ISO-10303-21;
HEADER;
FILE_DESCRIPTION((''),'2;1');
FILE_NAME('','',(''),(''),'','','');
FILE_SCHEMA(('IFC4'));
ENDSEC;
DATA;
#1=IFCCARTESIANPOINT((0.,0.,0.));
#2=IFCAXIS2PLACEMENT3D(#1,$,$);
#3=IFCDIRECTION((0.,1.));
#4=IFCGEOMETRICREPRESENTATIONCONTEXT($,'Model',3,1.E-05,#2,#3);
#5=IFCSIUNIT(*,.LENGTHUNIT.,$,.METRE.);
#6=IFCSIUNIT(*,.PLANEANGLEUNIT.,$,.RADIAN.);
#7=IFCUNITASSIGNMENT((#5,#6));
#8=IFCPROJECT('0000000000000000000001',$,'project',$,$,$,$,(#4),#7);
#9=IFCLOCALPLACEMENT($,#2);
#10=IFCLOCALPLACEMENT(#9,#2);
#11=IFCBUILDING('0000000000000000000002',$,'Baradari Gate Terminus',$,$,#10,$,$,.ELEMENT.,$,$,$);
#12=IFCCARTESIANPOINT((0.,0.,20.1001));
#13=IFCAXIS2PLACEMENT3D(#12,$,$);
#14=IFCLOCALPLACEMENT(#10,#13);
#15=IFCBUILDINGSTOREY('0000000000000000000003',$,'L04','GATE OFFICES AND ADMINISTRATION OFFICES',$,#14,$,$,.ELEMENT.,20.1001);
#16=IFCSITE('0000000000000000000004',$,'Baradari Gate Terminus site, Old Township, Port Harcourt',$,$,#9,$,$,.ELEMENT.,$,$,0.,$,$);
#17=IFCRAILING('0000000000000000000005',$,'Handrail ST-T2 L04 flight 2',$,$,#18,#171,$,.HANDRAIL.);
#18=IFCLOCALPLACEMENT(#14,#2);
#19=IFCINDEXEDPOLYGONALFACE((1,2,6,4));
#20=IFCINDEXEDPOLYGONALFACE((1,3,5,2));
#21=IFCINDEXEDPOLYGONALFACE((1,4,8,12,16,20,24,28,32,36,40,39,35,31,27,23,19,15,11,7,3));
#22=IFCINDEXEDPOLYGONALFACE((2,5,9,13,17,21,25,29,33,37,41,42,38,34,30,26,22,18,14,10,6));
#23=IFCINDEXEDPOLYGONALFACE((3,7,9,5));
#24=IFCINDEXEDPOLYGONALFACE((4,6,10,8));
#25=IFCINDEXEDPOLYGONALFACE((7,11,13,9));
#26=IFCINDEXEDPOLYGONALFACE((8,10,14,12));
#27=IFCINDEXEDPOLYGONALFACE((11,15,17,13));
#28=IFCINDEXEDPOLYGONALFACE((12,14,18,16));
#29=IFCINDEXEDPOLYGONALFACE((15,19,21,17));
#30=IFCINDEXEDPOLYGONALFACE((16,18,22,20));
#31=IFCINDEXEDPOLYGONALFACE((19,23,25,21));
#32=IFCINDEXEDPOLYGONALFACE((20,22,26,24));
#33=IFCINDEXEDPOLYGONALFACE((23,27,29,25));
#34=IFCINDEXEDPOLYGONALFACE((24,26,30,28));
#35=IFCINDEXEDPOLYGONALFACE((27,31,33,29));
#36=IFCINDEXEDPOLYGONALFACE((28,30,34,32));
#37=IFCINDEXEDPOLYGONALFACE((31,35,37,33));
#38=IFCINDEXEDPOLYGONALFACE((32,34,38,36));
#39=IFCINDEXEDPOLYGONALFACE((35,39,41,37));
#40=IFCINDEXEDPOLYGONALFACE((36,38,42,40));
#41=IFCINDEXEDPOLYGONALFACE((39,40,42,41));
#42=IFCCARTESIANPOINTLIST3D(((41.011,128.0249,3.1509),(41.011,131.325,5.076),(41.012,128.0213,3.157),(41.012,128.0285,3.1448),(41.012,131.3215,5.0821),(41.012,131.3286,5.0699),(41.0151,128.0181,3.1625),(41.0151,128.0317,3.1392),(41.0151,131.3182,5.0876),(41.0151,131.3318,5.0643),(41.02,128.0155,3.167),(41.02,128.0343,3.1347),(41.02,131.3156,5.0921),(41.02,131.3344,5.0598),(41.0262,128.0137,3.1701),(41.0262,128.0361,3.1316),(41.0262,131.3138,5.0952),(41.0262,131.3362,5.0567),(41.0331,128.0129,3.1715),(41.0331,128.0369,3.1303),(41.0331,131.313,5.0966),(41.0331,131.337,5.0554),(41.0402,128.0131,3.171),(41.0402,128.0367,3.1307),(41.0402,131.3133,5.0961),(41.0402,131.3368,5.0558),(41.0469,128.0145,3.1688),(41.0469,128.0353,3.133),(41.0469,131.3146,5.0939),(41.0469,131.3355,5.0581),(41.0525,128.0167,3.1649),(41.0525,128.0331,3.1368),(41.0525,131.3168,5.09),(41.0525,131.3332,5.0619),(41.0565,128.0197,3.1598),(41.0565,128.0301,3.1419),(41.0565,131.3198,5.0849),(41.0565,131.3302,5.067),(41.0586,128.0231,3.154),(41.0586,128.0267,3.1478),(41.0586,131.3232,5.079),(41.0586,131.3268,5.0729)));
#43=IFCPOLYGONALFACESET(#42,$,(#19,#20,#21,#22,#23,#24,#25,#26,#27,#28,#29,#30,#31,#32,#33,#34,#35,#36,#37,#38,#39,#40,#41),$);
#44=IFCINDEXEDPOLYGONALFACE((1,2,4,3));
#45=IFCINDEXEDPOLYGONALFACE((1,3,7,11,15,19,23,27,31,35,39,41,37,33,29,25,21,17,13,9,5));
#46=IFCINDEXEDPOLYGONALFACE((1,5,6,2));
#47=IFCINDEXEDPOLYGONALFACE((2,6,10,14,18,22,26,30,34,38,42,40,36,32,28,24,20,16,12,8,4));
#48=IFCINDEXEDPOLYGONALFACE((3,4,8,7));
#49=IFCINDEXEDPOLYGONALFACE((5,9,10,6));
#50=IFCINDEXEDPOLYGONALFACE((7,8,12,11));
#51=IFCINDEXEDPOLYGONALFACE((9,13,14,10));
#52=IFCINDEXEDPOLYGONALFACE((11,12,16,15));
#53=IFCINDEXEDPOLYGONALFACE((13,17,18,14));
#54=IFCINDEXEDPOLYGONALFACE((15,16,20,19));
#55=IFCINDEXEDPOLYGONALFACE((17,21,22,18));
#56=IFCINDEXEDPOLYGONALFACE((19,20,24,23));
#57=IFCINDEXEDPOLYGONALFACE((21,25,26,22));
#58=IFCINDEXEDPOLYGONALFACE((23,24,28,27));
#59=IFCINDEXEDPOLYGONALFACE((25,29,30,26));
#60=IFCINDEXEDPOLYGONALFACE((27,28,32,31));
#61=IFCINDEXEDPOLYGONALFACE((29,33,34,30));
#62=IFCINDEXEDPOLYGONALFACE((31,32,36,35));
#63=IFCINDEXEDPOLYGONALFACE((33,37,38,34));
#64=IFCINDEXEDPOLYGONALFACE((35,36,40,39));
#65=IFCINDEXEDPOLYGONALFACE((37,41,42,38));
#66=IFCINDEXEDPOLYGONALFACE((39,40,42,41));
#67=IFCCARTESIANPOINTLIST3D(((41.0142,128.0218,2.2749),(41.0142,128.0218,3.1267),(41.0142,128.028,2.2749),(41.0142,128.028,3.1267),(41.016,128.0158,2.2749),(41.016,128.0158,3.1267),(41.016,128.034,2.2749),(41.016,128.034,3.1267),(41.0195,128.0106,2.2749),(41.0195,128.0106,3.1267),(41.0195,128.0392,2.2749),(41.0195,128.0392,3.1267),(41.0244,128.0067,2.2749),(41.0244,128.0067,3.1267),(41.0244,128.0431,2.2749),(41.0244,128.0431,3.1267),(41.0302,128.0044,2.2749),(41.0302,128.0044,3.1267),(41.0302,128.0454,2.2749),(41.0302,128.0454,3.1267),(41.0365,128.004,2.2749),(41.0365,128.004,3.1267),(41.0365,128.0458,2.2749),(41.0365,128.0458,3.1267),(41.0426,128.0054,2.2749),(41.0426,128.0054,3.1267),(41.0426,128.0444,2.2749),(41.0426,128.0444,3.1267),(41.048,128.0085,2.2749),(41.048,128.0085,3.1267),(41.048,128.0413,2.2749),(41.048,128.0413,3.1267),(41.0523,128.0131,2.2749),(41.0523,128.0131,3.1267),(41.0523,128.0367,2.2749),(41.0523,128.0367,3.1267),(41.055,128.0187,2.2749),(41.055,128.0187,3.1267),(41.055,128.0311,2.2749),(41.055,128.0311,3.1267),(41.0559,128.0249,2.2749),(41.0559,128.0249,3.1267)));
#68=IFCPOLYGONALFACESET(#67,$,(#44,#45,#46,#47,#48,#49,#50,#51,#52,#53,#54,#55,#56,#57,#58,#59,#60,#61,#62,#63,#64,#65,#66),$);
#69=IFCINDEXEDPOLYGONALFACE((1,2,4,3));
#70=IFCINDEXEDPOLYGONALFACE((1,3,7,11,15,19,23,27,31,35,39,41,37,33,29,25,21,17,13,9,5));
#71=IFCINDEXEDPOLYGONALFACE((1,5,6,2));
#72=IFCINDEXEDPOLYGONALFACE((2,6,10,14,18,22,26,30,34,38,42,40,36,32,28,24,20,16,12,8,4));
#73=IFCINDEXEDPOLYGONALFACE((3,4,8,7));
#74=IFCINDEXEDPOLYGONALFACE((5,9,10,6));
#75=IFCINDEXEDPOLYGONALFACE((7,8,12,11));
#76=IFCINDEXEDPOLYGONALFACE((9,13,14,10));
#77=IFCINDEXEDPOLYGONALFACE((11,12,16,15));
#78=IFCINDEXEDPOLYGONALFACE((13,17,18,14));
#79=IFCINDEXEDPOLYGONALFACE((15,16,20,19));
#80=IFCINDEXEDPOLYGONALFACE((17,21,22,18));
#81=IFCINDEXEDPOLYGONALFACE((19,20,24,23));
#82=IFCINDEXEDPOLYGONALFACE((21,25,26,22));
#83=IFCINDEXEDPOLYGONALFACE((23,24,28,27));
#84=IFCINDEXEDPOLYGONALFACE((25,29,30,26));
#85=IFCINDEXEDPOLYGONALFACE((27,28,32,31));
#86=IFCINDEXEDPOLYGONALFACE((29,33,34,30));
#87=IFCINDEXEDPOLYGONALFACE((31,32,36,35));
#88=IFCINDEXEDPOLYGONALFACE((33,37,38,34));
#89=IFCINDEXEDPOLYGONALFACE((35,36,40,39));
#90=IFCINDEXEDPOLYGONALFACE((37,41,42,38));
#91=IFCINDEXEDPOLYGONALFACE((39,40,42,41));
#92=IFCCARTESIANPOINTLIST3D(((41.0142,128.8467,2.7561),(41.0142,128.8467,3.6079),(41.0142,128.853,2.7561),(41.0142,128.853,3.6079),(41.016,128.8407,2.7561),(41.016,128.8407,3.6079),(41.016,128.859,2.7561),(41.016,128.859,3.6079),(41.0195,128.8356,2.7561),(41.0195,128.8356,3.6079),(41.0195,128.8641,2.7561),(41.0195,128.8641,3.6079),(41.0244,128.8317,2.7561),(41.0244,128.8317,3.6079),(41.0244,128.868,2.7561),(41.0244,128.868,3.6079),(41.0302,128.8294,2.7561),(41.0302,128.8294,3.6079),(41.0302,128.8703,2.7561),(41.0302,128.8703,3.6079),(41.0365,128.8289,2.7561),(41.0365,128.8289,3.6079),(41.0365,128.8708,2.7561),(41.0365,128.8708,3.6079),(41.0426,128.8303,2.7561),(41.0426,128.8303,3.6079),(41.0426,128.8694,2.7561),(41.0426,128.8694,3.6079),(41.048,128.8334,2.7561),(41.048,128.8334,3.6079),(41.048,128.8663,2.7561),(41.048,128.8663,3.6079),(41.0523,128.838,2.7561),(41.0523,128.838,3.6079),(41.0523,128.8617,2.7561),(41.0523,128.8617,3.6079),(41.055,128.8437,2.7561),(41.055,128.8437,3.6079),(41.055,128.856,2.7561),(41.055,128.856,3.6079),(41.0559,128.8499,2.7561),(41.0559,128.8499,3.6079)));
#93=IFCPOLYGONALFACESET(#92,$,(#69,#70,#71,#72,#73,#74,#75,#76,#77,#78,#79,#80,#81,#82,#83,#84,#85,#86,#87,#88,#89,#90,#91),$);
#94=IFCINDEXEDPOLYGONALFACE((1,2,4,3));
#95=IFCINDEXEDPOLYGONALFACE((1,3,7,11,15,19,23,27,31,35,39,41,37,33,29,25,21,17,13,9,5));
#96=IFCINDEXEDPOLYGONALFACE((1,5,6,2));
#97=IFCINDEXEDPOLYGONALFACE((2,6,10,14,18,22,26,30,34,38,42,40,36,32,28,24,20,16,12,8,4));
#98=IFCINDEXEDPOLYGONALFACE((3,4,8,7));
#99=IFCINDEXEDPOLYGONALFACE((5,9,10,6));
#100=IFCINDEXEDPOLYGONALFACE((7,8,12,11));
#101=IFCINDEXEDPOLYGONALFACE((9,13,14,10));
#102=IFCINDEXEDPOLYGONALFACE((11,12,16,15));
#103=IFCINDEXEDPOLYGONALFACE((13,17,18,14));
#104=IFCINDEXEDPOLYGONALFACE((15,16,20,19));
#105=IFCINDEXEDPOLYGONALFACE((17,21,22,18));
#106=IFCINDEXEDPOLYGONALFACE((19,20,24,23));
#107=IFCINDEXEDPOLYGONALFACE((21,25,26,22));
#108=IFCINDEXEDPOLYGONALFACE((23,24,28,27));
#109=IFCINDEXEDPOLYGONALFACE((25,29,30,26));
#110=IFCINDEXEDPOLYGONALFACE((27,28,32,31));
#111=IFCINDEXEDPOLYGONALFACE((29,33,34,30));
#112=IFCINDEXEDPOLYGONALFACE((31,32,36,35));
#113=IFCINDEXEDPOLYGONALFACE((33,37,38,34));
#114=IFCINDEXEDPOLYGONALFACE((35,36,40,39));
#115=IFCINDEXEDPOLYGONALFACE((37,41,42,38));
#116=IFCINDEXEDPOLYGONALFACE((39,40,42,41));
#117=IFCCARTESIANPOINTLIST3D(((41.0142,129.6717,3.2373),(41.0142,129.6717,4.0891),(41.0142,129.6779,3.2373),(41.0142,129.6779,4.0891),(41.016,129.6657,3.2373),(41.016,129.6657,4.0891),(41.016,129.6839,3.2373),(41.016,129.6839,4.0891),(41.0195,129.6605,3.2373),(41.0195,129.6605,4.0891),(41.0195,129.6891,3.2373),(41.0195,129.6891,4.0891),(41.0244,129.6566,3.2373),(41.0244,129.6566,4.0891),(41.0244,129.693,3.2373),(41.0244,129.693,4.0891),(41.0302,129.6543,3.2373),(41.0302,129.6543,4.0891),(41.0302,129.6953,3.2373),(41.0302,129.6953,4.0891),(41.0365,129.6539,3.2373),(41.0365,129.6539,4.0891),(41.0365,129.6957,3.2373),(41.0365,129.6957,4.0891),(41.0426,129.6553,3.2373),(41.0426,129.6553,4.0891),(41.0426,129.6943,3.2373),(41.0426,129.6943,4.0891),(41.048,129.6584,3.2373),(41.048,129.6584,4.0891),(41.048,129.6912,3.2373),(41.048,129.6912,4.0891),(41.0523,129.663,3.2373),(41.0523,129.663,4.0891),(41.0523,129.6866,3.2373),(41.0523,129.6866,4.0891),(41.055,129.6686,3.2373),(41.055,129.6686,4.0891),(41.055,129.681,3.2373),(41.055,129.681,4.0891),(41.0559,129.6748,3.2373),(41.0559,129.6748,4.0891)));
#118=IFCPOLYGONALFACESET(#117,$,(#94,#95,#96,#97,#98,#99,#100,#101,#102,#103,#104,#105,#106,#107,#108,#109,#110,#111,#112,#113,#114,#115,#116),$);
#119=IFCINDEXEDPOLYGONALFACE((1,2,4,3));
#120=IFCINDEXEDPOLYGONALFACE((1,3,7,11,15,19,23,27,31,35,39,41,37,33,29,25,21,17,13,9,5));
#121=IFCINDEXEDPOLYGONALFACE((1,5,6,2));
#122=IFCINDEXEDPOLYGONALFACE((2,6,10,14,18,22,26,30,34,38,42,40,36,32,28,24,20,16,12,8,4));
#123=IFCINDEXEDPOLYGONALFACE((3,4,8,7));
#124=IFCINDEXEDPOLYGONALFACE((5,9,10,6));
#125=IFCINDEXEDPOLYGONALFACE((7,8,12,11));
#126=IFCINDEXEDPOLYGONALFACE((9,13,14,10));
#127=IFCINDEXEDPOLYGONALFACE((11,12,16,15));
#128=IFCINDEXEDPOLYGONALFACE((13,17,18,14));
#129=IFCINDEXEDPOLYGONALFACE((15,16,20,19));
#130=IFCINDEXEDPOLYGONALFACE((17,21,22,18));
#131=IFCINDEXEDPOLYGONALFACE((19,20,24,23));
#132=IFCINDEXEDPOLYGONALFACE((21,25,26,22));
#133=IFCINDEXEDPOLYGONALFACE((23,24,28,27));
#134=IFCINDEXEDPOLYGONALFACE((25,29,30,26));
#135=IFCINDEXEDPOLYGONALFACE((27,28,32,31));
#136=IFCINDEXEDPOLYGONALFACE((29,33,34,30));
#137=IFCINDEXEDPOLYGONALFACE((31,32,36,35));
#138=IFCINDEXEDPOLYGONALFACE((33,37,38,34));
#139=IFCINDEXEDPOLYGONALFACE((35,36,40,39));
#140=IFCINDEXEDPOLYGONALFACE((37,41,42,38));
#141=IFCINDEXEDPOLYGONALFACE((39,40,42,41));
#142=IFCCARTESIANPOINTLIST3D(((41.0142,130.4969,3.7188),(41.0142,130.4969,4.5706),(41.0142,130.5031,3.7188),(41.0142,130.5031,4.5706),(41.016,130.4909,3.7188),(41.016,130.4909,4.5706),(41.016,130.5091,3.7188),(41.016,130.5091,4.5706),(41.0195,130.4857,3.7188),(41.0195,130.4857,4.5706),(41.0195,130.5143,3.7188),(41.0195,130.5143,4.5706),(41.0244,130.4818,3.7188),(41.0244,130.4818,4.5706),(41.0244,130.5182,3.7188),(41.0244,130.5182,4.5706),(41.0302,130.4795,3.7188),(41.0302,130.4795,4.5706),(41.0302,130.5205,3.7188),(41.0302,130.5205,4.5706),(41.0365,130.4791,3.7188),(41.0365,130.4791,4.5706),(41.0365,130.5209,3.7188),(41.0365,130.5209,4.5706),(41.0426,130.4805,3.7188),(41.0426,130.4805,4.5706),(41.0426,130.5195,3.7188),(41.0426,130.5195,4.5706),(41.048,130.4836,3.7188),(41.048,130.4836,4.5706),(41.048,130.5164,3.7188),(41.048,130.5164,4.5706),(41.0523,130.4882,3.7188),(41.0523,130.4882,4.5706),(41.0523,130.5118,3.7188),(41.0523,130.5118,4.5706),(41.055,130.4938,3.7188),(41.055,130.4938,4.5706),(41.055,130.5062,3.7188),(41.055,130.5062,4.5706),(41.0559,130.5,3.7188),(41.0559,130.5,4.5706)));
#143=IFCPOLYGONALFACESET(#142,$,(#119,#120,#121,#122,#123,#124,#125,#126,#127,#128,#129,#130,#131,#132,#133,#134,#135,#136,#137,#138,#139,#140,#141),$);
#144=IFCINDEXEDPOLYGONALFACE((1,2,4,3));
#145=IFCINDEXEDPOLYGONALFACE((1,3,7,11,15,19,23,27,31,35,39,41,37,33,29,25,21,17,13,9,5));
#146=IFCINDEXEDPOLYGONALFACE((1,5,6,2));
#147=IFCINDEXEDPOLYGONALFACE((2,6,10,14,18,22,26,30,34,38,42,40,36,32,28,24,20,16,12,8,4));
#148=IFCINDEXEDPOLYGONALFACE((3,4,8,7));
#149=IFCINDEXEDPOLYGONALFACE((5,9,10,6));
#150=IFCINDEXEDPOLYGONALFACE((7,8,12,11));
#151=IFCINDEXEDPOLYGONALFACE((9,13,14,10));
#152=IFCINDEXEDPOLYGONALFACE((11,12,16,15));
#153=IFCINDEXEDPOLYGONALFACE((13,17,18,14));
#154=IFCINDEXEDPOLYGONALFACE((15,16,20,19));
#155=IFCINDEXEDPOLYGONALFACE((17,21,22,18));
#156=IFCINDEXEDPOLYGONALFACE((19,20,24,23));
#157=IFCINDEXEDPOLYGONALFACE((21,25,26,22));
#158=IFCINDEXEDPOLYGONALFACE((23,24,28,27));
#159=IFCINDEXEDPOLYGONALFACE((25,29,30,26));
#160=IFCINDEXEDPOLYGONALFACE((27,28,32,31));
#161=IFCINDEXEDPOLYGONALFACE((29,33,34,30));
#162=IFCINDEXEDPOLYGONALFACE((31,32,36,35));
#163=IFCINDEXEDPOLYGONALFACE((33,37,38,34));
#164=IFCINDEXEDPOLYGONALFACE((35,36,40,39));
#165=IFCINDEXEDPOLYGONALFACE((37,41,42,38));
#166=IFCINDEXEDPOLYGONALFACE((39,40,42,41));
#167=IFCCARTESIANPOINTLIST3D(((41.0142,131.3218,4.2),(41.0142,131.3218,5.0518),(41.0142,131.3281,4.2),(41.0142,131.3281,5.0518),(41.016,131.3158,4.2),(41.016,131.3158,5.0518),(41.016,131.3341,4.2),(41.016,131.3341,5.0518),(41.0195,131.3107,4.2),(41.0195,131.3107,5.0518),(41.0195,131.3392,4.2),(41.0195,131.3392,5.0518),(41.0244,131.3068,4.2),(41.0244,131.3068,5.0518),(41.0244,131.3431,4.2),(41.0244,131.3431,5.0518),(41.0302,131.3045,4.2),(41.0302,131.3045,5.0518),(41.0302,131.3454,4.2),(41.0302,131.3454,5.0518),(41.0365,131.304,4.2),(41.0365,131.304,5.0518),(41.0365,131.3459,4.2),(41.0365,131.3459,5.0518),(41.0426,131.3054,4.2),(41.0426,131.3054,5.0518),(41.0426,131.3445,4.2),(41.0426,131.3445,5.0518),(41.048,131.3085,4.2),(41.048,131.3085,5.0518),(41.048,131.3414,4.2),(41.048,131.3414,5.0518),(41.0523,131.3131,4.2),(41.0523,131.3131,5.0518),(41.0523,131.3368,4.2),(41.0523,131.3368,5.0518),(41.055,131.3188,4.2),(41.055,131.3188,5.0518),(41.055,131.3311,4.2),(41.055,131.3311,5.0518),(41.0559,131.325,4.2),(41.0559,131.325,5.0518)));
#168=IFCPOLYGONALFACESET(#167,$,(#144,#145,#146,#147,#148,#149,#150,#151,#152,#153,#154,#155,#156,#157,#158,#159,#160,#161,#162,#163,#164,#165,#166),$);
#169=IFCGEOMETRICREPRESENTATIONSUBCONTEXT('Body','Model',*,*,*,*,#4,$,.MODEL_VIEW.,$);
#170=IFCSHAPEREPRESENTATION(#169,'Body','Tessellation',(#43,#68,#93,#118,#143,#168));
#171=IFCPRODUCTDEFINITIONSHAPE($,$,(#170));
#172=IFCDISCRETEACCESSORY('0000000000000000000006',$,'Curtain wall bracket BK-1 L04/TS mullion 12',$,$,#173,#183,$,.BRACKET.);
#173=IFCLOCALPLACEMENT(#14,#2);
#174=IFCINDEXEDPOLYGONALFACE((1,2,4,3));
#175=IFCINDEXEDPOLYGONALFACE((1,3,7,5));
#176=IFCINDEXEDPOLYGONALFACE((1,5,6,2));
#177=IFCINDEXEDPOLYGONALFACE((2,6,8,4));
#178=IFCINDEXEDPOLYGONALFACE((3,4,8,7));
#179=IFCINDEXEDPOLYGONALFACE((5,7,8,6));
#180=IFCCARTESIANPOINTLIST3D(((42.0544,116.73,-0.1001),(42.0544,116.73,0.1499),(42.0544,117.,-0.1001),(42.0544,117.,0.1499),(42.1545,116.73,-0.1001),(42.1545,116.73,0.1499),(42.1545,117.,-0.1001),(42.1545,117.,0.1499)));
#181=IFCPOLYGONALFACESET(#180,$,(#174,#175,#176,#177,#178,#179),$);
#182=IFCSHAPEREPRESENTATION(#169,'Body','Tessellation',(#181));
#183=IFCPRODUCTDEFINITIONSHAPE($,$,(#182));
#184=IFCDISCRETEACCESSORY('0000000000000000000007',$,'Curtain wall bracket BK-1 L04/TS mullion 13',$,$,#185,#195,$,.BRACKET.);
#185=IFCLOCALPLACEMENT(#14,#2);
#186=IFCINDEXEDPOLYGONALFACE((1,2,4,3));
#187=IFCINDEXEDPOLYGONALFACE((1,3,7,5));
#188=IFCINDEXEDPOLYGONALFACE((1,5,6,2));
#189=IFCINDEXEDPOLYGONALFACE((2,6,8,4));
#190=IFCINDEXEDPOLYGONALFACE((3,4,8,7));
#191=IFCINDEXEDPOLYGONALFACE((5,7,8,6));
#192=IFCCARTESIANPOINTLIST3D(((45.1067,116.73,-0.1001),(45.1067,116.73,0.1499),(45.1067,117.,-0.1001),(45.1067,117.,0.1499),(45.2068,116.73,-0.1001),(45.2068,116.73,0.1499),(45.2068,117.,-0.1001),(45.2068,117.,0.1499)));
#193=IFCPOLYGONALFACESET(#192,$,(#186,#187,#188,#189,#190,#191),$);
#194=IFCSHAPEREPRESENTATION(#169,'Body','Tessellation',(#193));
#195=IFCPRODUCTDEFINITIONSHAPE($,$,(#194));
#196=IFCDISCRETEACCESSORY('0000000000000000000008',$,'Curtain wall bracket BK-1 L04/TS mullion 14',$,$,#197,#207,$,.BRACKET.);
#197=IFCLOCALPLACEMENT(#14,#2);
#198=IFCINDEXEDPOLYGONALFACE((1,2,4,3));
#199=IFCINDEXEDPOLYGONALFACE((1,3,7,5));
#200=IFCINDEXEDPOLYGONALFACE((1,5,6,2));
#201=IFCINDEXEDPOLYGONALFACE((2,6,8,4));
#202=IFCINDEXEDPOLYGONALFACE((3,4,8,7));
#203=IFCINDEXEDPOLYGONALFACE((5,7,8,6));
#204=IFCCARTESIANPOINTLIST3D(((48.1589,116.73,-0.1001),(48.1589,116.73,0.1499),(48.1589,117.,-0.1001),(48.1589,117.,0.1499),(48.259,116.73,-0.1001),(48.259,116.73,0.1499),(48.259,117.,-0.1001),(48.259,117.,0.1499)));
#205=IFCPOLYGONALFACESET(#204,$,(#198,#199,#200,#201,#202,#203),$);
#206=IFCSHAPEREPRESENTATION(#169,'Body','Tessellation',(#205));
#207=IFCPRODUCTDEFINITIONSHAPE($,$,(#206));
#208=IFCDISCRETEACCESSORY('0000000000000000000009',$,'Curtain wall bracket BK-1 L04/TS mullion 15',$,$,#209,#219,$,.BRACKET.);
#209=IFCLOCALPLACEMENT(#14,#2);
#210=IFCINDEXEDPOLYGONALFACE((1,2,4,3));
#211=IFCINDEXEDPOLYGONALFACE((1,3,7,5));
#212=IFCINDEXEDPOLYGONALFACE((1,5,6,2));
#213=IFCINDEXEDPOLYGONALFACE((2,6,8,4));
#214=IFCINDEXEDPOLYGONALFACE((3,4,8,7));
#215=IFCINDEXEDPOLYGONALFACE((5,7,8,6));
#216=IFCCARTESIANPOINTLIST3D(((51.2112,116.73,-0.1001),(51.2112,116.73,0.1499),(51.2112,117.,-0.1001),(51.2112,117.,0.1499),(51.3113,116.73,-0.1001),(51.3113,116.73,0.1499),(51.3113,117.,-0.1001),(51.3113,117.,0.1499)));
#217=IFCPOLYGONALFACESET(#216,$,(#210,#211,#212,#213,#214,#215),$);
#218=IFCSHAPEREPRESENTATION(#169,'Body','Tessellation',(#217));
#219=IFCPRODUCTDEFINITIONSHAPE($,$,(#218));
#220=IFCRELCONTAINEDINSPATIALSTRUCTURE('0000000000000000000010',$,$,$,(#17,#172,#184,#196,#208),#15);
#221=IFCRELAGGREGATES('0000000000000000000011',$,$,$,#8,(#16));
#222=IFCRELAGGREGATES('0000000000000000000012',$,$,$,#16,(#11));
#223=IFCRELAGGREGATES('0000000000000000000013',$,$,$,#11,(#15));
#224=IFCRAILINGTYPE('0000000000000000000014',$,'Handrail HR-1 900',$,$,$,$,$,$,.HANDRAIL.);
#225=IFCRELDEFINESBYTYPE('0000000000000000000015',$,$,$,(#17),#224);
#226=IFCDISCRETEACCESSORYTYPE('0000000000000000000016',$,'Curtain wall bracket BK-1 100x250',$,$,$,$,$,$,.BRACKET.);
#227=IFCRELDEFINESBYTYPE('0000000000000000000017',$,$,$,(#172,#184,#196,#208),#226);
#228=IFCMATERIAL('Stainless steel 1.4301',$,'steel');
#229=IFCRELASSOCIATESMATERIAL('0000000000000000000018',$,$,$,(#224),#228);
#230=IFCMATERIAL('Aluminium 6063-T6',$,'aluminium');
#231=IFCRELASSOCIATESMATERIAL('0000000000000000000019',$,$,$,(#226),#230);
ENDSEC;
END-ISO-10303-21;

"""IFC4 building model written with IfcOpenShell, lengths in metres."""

from ifc_helpers import new_model, si_unit, direction, frame, origin, origin_2d, place, context, subcontext, project, spatial, rectangle, circle, extrude, material, type_object, element, save


model = new_model("IFC4")

# Units and contexts
model_context = context("Model", 3, precision=1e-05, world=origin(), true_north=direction((0.0, 1.0)))
body_context = subcontext(model_context, "Body", "Model", "MODEL_VIEW")
ifc_project = project(units=[si_unit("LENGTHUNIT", "METRE"), si_unit("PLANEANGLEUNIT", "RADIAN")], contexts=[model_context])

# Site, building, storey
site_placement = place(None, origin())
site = spatial("IfcSite", under=ifc_project, at=site_placement, Name="Baradari Gate Terminus site, Old Township, Port Harcourt", CompositionType="ELEMENT", RefElevation=0.0)
building_placement = place(site_placement, origin())
building = spatial("IfcBuilding", under=site, at=building_placement, Name="Baradari Gate Terminus", CompositionType="ELEMENT")
storey_placement = place(building_placement, frame((0.0, 0.0, 20.1001)))
storey = spatial("IfcBuildingStorey", under=building, at=storey_placement, Name="L04", Description="GATE OFFICES AND ADMINISTRATION OFFICES", CompositionType="ELEMENT", Elevation=20.1001)

# Railing
ifc_material_1 = material(Name="Stainless steel 1.4301", Category="steel")
railing_type = type_object("IfcRailingType", Name="Handrail HR-1 900", PredefinedType="HANDRAIL", material=ifc_material_1)
for number, where, name in (
    (1, (41.0349, 128.0249, 2.2749), "Handrail ST-T2 L04 flight 2"),
):
    element("IfcRailing", number, at=place(storey_placement, frame(where)), inside=storey, type_object=railing_type, Name=name, PredefinedType="HANDRAIL", context=body_context, shape_type="SweptSolid", body=[
        extrude(circle(Radius=0.0239, at=origin_2d()), frame((0.0, 0.0, 0.876), z_axis=(0.0, 0.863777, 0.503875), x_axis=(-1.0, 0.0, 0.0)), (0.0, 0.0, 1.0), 3.8206),
        extrude(circle(Radius=0.021, at=origin_2d()), origin(), (0.0, 0.0, 1.0), 0.8518),
        extrude(circle(Radius=0.021, at=origin_2d()), frame((0.0, 0.825, 0.4812)), (0.0, 0.0, 1.0), 0.8518),
        extrude(circle(Radius=0.021, at=origin_2d()), frame((0.0, 1.6499, 0.9624)), (0.0, 0.0, 1.0), 0.8518),
        extrude(circle(Radius=0.021, at=origin_2d()), frame((0.0, 2.4751, 1.4438)), (0.0, 0.0, 1.0), 0.8518),
        extrude(circle(Radius=0.021, at=origin_2d()), frame((0.0, 3.3, 1.925)), (0.0, 0.0, 1.0), 0.8518),
    ])

# Discrete accessories
ifc_material_2 = material(Name="Aluminium 6063-T6", Category="aluminium")
discrete_accessory_type = type_object("IfcDiscreteAccessoryType", Name="Curtain wall bracket BK-1 100x250", PredefinedType="BRACKET", material=ifc_material_2)
for number, where, z_axis, x_axis, name in (
    (2, (42.1045, 116.865, -0.1001), (0.0, 0.0, 1.0), (0.0, -1.0, 0.0), "Curtain wall bracket BK-1 L04/TS mullion 12"),
    (3, (45.1567, 116.865, -0.1001), (0.0, 0.0, 1.0), (0.0, -1.0, 0.0), "Curtain wall bracket BK-1 L04/TS mullion 13"),
    (4, (48.209, 116.865, -0.1001), (0.0, 0.0, 1.0), (0.0, -1.0, 0.0), "Curtain wall bracket BK-1 L04/TS mullion 14"),
    (5, (51.2612, 116.865, -0.1001), (0.0, 0.0, 1.0), (0.0, -1.0, 0.0), "Curtain wall bracket BK-1 L04/TS mullion 15"),
):
    element("IfcDiscreteAccessory", number, at=place(storey_placement, frame(where, z_axis=z_axis, x_axis=x_axis)), inside=storey, type_object=discrete_accessory_type, Name=name, PredefinedType="BRACKET", context=body_context, shape_type="SweptSolid", body=[
        extrude(rectangle(XDim=0.27, YDim=0.1001, at=origin_2d()), origin(), (0.0, 0.0, 1.0), 0.25),
    ])

save(model, "model.ifc")
